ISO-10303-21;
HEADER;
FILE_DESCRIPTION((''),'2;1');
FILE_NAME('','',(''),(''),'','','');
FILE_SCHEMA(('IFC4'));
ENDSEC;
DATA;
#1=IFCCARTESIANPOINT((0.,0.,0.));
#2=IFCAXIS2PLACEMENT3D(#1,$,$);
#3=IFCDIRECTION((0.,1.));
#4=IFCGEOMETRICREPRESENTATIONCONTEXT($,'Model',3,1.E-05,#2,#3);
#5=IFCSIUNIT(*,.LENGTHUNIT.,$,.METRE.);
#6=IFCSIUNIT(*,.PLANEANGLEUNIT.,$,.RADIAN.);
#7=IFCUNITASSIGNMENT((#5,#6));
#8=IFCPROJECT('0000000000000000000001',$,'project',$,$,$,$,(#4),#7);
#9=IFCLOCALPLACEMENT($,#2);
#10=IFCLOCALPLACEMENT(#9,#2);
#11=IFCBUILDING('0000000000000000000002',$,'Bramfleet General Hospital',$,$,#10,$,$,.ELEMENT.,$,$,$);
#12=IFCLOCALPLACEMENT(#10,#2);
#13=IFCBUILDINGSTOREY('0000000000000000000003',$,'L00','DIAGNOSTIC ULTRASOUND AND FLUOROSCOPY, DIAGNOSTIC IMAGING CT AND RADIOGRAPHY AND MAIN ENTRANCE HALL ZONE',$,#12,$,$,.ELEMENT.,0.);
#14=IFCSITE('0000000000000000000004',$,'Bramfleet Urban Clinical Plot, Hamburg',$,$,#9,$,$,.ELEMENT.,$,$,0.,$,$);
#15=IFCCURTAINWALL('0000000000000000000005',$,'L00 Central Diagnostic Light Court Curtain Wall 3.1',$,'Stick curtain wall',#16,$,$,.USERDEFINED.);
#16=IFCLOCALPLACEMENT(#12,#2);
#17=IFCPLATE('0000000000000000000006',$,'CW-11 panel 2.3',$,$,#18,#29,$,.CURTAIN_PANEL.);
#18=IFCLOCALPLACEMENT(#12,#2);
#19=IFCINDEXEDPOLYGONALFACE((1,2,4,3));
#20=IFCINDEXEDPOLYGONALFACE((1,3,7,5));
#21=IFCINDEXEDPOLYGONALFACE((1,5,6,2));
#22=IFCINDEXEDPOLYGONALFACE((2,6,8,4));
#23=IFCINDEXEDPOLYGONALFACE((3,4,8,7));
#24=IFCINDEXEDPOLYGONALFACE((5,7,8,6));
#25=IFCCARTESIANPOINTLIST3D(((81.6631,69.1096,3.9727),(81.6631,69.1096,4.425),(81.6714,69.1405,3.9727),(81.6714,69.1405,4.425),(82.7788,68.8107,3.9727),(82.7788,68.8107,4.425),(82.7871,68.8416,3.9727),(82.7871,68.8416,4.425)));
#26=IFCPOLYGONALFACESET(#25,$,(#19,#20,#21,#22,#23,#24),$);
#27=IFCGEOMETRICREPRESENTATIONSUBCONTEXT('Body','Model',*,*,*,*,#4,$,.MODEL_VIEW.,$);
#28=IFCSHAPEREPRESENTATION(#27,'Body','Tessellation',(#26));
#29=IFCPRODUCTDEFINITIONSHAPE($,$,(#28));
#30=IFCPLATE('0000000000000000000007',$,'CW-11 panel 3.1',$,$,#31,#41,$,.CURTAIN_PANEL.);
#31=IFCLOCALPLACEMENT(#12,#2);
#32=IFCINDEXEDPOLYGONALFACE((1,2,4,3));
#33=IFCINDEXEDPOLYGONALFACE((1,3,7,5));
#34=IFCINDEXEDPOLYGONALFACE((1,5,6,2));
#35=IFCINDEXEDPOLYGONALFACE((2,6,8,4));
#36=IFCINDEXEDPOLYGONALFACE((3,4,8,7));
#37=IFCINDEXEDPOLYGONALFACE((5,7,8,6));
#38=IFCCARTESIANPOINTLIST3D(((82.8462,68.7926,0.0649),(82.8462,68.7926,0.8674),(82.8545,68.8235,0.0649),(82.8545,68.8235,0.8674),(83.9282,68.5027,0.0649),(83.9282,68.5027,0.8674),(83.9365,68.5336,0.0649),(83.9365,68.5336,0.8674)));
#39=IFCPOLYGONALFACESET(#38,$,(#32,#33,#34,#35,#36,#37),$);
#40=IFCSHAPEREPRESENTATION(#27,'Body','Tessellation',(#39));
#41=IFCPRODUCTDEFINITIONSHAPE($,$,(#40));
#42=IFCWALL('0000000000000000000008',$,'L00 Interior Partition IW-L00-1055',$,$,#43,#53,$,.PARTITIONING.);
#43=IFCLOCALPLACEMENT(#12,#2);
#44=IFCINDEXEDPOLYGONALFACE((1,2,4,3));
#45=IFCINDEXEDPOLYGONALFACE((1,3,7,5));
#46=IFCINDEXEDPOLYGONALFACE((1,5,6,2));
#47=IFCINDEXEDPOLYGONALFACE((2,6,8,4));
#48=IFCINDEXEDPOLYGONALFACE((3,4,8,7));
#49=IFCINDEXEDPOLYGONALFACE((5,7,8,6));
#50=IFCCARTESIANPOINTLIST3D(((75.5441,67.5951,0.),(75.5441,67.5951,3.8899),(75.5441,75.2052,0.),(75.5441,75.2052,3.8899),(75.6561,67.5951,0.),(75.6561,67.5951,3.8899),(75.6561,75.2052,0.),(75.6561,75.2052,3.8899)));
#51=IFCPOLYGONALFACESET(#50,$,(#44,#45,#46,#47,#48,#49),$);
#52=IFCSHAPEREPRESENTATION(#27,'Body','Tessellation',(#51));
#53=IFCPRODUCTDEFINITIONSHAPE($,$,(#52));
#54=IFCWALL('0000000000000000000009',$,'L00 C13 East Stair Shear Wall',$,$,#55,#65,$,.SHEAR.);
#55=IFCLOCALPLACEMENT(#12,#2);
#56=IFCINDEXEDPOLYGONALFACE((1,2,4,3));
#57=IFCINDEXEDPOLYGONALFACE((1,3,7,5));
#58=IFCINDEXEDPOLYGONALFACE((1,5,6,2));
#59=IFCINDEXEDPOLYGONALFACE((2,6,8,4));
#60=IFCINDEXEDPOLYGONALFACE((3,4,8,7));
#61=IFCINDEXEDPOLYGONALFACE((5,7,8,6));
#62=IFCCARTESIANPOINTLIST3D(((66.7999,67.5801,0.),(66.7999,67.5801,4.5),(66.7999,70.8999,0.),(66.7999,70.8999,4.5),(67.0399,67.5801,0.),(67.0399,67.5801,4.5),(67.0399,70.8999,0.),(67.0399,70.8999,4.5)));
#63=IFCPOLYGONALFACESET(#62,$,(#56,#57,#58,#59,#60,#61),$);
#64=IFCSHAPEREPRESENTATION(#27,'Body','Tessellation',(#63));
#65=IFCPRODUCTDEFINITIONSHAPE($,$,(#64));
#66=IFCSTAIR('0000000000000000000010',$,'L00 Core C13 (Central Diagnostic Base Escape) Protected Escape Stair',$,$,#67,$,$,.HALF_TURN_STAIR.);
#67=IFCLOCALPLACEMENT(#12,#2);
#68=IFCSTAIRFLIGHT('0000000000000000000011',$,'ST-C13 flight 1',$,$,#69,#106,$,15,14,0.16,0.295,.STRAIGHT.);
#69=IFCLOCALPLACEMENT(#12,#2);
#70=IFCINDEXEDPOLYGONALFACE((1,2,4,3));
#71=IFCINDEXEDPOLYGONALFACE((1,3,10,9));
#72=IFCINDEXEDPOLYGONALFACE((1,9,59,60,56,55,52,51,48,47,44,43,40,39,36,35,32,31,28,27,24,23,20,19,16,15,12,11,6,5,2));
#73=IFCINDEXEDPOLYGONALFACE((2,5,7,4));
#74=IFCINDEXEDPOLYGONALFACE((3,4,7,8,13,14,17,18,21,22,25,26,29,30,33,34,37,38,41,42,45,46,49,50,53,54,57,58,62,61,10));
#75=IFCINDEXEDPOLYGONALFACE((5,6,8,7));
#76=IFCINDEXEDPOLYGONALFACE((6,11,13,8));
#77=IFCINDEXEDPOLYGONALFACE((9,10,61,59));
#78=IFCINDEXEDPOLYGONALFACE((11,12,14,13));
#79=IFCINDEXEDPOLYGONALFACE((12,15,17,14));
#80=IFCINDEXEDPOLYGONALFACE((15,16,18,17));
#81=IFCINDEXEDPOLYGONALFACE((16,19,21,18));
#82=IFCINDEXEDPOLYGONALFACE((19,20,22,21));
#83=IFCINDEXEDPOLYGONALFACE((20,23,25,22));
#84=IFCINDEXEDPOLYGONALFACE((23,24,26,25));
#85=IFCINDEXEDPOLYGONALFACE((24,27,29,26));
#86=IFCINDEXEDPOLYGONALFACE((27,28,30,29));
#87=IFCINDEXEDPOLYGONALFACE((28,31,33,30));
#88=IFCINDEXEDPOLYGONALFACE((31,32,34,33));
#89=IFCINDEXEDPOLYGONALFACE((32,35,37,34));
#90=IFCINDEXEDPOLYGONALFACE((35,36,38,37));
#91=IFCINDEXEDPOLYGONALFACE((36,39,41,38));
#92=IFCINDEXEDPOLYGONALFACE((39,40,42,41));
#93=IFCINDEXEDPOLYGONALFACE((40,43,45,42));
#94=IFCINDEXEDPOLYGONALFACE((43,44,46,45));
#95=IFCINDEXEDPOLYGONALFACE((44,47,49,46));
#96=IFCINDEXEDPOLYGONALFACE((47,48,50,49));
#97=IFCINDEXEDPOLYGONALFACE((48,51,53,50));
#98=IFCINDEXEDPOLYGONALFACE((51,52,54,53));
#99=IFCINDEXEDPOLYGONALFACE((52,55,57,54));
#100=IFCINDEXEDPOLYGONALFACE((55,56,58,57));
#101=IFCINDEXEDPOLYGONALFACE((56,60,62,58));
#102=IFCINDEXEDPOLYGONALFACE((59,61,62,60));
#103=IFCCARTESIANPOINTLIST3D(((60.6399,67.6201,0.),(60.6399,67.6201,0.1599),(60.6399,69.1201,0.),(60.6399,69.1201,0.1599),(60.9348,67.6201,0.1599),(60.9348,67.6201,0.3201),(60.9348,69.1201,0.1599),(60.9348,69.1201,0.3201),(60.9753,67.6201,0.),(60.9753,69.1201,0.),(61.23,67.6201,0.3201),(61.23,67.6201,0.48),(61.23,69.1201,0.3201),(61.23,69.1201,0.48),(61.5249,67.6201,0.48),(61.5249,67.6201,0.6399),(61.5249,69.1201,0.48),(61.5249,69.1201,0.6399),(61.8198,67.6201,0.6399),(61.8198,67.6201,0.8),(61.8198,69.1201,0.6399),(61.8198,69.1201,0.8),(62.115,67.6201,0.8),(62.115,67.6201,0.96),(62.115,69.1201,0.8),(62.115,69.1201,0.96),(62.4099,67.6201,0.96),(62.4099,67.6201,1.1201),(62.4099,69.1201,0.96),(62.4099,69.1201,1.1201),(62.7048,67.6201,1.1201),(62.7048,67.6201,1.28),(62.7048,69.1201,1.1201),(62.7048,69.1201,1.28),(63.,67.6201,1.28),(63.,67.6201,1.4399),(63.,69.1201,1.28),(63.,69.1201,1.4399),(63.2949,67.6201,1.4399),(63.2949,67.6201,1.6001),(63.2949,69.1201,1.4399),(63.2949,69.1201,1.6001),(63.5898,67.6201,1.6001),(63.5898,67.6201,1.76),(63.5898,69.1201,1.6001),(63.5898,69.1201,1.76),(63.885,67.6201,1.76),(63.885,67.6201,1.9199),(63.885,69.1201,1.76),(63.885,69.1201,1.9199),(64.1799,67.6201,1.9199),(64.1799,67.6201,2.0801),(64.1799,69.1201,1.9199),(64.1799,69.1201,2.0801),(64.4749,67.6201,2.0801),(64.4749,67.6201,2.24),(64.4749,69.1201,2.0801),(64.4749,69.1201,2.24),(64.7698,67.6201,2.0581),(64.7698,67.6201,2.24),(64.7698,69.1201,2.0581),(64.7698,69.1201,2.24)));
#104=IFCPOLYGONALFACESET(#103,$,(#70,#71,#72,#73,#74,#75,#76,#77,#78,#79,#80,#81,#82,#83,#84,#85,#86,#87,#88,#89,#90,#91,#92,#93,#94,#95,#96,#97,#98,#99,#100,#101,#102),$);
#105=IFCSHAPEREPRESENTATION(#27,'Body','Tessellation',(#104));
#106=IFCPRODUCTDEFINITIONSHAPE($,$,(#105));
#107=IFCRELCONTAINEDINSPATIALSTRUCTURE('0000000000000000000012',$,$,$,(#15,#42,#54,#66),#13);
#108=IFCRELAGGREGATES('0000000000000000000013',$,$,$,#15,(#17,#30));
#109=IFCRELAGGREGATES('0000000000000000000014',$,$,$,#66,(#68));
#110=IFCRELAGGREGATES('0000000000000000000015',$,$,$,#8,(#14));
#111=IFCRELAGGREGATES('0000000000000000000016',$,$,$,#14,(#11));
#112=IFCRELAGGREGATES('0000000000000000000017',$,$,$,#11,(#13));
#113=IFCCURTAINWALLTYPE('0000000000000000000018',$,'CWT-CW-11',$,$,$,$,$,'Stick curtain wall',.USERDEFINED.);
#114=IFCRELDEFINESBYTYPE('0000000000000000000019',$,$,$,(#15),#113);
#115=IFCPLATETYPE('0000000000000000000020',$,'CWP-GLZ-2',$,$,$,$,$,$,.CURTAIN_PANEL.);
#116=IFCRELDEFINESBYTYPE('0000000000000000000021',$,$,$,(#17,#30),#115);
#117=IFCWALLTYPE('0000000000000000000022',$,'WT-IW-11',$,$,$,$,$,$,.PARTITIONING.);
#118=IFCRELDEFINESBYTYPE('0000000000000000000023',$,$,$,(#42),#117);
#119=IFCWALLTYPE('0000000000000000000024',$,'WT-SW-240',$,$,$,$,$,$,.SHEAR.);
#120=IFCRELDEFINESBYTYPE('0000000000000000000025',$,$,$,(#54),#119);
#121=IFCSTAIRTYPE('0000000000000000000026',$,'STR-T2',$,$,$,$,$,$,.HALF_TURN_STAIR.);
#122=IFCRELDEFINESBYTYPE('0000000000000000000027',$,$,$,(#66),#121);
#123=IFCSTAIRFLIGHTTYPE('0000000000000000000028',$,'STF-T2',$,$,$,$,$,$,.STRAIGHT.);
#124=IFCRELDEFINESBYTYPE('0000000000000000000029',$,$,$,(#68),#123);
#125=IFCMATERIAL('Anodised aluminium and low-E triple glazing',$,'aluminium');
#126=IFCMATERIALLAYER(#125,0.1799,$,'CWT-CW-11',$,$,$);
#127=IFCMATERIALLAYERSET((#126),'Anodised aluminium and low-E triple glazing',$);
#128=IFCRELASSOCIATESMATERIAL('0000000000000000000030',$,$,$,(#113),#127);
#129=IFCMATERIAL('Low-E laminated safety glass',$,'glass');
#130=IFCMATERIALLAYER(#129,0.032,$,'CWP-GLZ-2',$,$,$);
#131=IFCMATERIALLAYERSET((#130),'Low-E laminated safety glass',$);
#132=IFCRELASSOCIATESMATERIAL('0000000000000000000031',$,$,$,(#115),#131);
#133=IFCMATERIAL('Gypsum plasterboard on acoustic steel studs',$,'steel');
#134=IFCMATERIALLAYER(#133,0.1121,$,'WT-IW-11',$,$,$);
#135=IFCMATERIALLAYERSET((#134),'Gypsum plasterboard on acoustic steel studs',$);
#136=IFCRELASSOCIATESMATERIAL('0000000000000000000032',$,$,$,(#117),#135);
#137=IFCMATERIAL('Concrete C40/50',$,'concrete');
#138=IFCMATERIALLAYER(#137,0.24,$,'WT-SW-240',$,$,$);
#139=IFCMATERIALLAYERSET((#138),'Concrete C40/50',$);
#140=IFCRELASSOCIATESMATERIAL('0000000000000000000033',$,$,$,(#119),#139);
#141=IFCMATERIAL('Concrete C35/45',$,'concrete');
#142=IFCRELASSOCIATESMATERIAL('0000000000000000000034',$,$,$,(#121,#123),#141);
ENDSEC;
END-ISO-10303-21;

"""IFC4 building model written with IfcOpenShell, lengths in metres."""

from ifc_helpers import new_model, si_unit, direction, frame, frame_2d, origin, origin_2d, place, context, subcontext, project, spatial, polyline, rectangle, outline, extrude, material, layer, layer_set, type_object, element, aggregate, save


model = new_model("IFC4")

# Units and contexts
model_context = context("Model", 3, precision=1e-05, world=origin(), true_north=direction((0.0, 1.0)))
body_context = subcontext(model_context, "Body", "Model", "MODEL_VIEW")
ifc_project = project(units=[si_unit("LENGTHUNIT", "METRE"), si_unit("PLANEANGLEUNIT", "RADIAN")], contexts=[model_context])

# Site, building, storey
site_placement = place(None, origin())
site = spatial("IfcSite", under=ifc_project, at=site_placement, Name="Bramfleet Urban Clinical Plot, Hamburg", CompositionType="ELEMENT", RefElevation=0.0)
building_placement = place(site_placement, origin())
building = spatial("IfcBuilding", under=site, at=building_placement, Name="Bramfleet General Hospital", CompositionType="ELEMENT")
storey_placement = place(building_placement, origin())
storey = spatial("IfcBuildingStorey", under=building, at=storey_placement, Name="L00", Description="DIAGNOSTIC ULTRASOUND AND FLUOROSCOPY, DIAGNOSTIC IMAGING CT AND RADIOGRAPHY AND MAIN ENTRANCE HALL ZONE", CompositionType="ELEMENT", Elevation=0.0)

# Shared definitions
ifc_material_1 = material(Name="Concrete C35/45", Category="concrete")

# Shared definitions
ifc_material_2 = material(Name="Anodised aluminium and low-E triple glazing", Category="aluminium")

# Curtain wall, plates
ifc_layer_1 = layer(ifc_material_2, 0.1799, Name="CWT-CW-11")
ifc_layer_set_1 = layer_set([ifc_layer_1], Name="Anodised aluminium and low-E triple glazing")
curtain_wall_type_1 = type_object("IfcCurtainWallType", Name="CWT-CW-11", ElementType="Stick curtain wall", PredefinedType="USERDEFINED", material=ifc_layer_set_1)
curtain_wall_1_placement = place(storey_placement, origin())
curtain_wall_1 = element("IfcCurtainWall", 1, at=curtain_wall_1_placement, inside=storey, type_object=curtain_wall_type_1, Name="L00 Central Diagnostic Light Court Curtain Wall 3.1", ObjectType="Stick curtain wall", PredefinedType="USERDEFINED")
ifc_material_3 = material(Name="Low-E laminated safety glass", Category="glass")
ifc_layer_2 = layer(ifc_material_3, 0.032, Name="CWP-GLZ-2")
ifc_layer_set_2 = layer_set([ifc_layer_2], Name="Low-E laminated safety glass")
plate_type = type_object("IfcPlateType", Name="CWP-GLZ-2", PredefinedType="CURTAIN_PANEL", material=ifc_layer_set_2)
plate_1_placement = place(storey_placement, frame((82.2251, 68.9756, 3.9727), z_axis=(0.0, 0.0, 1.0), x_axis=(0.965941, -0.258763, 0.0)))
plate_1 = element("IfcPlate", 2, at=plate_1_placement, type_object=plate_type, Name="CW-11 panel 2.3", PredefinedType="CURTAIN_PANEL", context=body_context, shape_type="SweptSolid", body=[
    extrude(rectangle(XDim=1.155, YDim=0.032, at=origin_2d()), origin(), (0.0, 0.0, 1.0), 0.4524),
])
plate_2_placement = place(storey_placement, frame((83.3914, 68.6631, 0.0649), z_axis=(0.0, 0.0, 1.0), x_axis=(0.965941, -0.258763, 0.0)))
plate_2 = element("IfcPlate", 3, at=plate_2_placement, type_object=plate_type, Name="CW-11 panel 3.1", PredefinedType="CURTAIN_PANEL", context=body_context, shape_type="SweptSolid", body=[
    extrude(rectangle(XDim=1.1201, YDim=0.032, at=origin_2d()), origin(), (0.0, 0.0, 1.0), 0.8025),
])
aggregate(curtain_wall_1, [plate_1, plate_2])

# Walls
ifc_material_4 = material(Name="Gypsum plasterboard on acoustic steel studs", Category="steel")
ifc_layer_3 = layer(ifc_material_4, 0.1121, Name="WT-IW-11")
ifc_layer_set_3 = layer_set([ifc_layer_3], Name="Gypsum plasterboard on acoustic steel studs")
wall_type_1 = type_object("IfcWallType", Name="WT-IW-11", PredefinedType="PARTITIONING", material=ifc_layer_set_3)
wall_1_placement = place(storey_placement, frame((75.6001, 67.595, 0.0), z_axis=(0.0, 0.0, 1.0), x_axis=(0.0, 1.0, 0.0)))
element("IfcWall", 4, at=wall_1_placement, inside=storey, type_object=wall_type_1, Name="L00 Interior Partition IW-L00-1055", PredefinedType="PARTITIONING", context=body_context, shape_type="SweptSolid", body=[
    extrude(rectangle(XDim=7.6101, YDim=0.1121, at=frame_2d((3.8052, 0.0))), origin(), (0.0, 0.0, 1.0), 3.8899),
])
ifc_material_5 = material(Name="Concrete C40/50", Category="concrete")
ifc_layer_4 = layer(ifc_material_5, 0.24, Name="WT-SW-240")
ifc_layer_set_4 = layer_set([ifc_layer_4], Name="Concrete C40/50")
wall_type_2 = type_object("IfcWallType", Name="WT-SW-240", PredefinedType="SHEAR", material=ifc_layer_set_4)
wall_2_placement = place(storey_placement, frame((66.9199, 67.5801, 0.0), z_axis=(0.0, 0.0, 1.0), x_axis=(0.0, 1.0, 0.0)))
element("IfcWall", 5, at=wall_2_placement, inside=storey, type_object=wall_type_2, Name="L00 C13 East Stair Shear Wall", PredefinedType="SHEAR", context=body_context, shape_type="SweptSolid", body=[
    extrude(rectangle(XDim=3.3198, YDim=0.24, at=frame_2d((1.6599, 0.0))), origin(), (0.0, 0.0, 1.0), 4.5),
])

# Stair, stair flight
stair_type = type_object("IfcStairType", Name="STR-T2", PredefinedType="HALF_TURN_STAIR", material=ifc_material_1)
stair_placement = place(storey_placement, origin())
stair = element("IfcStair", 6, at=stair_placement, inside=storey, type_object=stair_type, Name="L00 Core C13 (Central Diagnostic Base Escape) Protected Escape Stair", PredefinedType="HALF_TURN_STAIR")
stair_flight_type = type_object("IfcStairFlightType", Name="STF-T2", PredefinedType="STRAIGHT", material=ifc_material_1)
stair_flight_placement = place(storey_placement, frame((60.6399, 68.3701, 0.0), z_axis=(0.0, 0.0, 1.0), x_axis=(1.0, 0.0, 0.0)))
stair_flight = element("IfcStairFlight", 7, at=stair_flight_placement, type_object=stair_flight_type, Name="ST-C13 flight 1", NumberOfRisers=15, NumberOfTreads=14, PredefinedType="STRAIGHT", RiserHeight=0.16, TreadLength=0.295, context=body_context, shape_type="SweptSolid", body=[
    extrude(outline(polyline([(0.0, 0.0), (0.0, 0.1599), (0.2949, 0.1599), (0.2949, 0.3201), (0.5901, 0.3201), (0.5901, 0.48), (0.885, 0.48), (0.885, 0.6399), (1.1799, 0.6399), (1.1799, 0.8), (1.4751, 0.8), (1.4751, 0.96), (1.77, 0.96), (1.77, 1.1201), (2.0649, 1.1201), (2.0649, 1.28), (2.3601, 1.28), (2.3601, 1.4399), (2.655, 1.4399), (2.655, 1.6001), (2.95, 1.6001), (2.95, 1.76), (3.2451, 1.76), (3.2451, 1.9199), (3.54, 1.9199), (3.54, 2.0801), (3.835, 2.0801), (3.835, 2.24), (4.1299, 2.24), (4.1299, 2.3999), (4.1299, 2.0581), (0.3354, 0.0), (0.0, 0.0)])), frame((0.0, 0.75, 0.0), z_axis=(0.0, -1.0, 0.0), x_axis=(1.0, 0.0, 0.0)), (0.0, 0.0, 1.0), 1.5),
])
aggregate(stair, [stair_flight])

save(model, "model.ifc")
